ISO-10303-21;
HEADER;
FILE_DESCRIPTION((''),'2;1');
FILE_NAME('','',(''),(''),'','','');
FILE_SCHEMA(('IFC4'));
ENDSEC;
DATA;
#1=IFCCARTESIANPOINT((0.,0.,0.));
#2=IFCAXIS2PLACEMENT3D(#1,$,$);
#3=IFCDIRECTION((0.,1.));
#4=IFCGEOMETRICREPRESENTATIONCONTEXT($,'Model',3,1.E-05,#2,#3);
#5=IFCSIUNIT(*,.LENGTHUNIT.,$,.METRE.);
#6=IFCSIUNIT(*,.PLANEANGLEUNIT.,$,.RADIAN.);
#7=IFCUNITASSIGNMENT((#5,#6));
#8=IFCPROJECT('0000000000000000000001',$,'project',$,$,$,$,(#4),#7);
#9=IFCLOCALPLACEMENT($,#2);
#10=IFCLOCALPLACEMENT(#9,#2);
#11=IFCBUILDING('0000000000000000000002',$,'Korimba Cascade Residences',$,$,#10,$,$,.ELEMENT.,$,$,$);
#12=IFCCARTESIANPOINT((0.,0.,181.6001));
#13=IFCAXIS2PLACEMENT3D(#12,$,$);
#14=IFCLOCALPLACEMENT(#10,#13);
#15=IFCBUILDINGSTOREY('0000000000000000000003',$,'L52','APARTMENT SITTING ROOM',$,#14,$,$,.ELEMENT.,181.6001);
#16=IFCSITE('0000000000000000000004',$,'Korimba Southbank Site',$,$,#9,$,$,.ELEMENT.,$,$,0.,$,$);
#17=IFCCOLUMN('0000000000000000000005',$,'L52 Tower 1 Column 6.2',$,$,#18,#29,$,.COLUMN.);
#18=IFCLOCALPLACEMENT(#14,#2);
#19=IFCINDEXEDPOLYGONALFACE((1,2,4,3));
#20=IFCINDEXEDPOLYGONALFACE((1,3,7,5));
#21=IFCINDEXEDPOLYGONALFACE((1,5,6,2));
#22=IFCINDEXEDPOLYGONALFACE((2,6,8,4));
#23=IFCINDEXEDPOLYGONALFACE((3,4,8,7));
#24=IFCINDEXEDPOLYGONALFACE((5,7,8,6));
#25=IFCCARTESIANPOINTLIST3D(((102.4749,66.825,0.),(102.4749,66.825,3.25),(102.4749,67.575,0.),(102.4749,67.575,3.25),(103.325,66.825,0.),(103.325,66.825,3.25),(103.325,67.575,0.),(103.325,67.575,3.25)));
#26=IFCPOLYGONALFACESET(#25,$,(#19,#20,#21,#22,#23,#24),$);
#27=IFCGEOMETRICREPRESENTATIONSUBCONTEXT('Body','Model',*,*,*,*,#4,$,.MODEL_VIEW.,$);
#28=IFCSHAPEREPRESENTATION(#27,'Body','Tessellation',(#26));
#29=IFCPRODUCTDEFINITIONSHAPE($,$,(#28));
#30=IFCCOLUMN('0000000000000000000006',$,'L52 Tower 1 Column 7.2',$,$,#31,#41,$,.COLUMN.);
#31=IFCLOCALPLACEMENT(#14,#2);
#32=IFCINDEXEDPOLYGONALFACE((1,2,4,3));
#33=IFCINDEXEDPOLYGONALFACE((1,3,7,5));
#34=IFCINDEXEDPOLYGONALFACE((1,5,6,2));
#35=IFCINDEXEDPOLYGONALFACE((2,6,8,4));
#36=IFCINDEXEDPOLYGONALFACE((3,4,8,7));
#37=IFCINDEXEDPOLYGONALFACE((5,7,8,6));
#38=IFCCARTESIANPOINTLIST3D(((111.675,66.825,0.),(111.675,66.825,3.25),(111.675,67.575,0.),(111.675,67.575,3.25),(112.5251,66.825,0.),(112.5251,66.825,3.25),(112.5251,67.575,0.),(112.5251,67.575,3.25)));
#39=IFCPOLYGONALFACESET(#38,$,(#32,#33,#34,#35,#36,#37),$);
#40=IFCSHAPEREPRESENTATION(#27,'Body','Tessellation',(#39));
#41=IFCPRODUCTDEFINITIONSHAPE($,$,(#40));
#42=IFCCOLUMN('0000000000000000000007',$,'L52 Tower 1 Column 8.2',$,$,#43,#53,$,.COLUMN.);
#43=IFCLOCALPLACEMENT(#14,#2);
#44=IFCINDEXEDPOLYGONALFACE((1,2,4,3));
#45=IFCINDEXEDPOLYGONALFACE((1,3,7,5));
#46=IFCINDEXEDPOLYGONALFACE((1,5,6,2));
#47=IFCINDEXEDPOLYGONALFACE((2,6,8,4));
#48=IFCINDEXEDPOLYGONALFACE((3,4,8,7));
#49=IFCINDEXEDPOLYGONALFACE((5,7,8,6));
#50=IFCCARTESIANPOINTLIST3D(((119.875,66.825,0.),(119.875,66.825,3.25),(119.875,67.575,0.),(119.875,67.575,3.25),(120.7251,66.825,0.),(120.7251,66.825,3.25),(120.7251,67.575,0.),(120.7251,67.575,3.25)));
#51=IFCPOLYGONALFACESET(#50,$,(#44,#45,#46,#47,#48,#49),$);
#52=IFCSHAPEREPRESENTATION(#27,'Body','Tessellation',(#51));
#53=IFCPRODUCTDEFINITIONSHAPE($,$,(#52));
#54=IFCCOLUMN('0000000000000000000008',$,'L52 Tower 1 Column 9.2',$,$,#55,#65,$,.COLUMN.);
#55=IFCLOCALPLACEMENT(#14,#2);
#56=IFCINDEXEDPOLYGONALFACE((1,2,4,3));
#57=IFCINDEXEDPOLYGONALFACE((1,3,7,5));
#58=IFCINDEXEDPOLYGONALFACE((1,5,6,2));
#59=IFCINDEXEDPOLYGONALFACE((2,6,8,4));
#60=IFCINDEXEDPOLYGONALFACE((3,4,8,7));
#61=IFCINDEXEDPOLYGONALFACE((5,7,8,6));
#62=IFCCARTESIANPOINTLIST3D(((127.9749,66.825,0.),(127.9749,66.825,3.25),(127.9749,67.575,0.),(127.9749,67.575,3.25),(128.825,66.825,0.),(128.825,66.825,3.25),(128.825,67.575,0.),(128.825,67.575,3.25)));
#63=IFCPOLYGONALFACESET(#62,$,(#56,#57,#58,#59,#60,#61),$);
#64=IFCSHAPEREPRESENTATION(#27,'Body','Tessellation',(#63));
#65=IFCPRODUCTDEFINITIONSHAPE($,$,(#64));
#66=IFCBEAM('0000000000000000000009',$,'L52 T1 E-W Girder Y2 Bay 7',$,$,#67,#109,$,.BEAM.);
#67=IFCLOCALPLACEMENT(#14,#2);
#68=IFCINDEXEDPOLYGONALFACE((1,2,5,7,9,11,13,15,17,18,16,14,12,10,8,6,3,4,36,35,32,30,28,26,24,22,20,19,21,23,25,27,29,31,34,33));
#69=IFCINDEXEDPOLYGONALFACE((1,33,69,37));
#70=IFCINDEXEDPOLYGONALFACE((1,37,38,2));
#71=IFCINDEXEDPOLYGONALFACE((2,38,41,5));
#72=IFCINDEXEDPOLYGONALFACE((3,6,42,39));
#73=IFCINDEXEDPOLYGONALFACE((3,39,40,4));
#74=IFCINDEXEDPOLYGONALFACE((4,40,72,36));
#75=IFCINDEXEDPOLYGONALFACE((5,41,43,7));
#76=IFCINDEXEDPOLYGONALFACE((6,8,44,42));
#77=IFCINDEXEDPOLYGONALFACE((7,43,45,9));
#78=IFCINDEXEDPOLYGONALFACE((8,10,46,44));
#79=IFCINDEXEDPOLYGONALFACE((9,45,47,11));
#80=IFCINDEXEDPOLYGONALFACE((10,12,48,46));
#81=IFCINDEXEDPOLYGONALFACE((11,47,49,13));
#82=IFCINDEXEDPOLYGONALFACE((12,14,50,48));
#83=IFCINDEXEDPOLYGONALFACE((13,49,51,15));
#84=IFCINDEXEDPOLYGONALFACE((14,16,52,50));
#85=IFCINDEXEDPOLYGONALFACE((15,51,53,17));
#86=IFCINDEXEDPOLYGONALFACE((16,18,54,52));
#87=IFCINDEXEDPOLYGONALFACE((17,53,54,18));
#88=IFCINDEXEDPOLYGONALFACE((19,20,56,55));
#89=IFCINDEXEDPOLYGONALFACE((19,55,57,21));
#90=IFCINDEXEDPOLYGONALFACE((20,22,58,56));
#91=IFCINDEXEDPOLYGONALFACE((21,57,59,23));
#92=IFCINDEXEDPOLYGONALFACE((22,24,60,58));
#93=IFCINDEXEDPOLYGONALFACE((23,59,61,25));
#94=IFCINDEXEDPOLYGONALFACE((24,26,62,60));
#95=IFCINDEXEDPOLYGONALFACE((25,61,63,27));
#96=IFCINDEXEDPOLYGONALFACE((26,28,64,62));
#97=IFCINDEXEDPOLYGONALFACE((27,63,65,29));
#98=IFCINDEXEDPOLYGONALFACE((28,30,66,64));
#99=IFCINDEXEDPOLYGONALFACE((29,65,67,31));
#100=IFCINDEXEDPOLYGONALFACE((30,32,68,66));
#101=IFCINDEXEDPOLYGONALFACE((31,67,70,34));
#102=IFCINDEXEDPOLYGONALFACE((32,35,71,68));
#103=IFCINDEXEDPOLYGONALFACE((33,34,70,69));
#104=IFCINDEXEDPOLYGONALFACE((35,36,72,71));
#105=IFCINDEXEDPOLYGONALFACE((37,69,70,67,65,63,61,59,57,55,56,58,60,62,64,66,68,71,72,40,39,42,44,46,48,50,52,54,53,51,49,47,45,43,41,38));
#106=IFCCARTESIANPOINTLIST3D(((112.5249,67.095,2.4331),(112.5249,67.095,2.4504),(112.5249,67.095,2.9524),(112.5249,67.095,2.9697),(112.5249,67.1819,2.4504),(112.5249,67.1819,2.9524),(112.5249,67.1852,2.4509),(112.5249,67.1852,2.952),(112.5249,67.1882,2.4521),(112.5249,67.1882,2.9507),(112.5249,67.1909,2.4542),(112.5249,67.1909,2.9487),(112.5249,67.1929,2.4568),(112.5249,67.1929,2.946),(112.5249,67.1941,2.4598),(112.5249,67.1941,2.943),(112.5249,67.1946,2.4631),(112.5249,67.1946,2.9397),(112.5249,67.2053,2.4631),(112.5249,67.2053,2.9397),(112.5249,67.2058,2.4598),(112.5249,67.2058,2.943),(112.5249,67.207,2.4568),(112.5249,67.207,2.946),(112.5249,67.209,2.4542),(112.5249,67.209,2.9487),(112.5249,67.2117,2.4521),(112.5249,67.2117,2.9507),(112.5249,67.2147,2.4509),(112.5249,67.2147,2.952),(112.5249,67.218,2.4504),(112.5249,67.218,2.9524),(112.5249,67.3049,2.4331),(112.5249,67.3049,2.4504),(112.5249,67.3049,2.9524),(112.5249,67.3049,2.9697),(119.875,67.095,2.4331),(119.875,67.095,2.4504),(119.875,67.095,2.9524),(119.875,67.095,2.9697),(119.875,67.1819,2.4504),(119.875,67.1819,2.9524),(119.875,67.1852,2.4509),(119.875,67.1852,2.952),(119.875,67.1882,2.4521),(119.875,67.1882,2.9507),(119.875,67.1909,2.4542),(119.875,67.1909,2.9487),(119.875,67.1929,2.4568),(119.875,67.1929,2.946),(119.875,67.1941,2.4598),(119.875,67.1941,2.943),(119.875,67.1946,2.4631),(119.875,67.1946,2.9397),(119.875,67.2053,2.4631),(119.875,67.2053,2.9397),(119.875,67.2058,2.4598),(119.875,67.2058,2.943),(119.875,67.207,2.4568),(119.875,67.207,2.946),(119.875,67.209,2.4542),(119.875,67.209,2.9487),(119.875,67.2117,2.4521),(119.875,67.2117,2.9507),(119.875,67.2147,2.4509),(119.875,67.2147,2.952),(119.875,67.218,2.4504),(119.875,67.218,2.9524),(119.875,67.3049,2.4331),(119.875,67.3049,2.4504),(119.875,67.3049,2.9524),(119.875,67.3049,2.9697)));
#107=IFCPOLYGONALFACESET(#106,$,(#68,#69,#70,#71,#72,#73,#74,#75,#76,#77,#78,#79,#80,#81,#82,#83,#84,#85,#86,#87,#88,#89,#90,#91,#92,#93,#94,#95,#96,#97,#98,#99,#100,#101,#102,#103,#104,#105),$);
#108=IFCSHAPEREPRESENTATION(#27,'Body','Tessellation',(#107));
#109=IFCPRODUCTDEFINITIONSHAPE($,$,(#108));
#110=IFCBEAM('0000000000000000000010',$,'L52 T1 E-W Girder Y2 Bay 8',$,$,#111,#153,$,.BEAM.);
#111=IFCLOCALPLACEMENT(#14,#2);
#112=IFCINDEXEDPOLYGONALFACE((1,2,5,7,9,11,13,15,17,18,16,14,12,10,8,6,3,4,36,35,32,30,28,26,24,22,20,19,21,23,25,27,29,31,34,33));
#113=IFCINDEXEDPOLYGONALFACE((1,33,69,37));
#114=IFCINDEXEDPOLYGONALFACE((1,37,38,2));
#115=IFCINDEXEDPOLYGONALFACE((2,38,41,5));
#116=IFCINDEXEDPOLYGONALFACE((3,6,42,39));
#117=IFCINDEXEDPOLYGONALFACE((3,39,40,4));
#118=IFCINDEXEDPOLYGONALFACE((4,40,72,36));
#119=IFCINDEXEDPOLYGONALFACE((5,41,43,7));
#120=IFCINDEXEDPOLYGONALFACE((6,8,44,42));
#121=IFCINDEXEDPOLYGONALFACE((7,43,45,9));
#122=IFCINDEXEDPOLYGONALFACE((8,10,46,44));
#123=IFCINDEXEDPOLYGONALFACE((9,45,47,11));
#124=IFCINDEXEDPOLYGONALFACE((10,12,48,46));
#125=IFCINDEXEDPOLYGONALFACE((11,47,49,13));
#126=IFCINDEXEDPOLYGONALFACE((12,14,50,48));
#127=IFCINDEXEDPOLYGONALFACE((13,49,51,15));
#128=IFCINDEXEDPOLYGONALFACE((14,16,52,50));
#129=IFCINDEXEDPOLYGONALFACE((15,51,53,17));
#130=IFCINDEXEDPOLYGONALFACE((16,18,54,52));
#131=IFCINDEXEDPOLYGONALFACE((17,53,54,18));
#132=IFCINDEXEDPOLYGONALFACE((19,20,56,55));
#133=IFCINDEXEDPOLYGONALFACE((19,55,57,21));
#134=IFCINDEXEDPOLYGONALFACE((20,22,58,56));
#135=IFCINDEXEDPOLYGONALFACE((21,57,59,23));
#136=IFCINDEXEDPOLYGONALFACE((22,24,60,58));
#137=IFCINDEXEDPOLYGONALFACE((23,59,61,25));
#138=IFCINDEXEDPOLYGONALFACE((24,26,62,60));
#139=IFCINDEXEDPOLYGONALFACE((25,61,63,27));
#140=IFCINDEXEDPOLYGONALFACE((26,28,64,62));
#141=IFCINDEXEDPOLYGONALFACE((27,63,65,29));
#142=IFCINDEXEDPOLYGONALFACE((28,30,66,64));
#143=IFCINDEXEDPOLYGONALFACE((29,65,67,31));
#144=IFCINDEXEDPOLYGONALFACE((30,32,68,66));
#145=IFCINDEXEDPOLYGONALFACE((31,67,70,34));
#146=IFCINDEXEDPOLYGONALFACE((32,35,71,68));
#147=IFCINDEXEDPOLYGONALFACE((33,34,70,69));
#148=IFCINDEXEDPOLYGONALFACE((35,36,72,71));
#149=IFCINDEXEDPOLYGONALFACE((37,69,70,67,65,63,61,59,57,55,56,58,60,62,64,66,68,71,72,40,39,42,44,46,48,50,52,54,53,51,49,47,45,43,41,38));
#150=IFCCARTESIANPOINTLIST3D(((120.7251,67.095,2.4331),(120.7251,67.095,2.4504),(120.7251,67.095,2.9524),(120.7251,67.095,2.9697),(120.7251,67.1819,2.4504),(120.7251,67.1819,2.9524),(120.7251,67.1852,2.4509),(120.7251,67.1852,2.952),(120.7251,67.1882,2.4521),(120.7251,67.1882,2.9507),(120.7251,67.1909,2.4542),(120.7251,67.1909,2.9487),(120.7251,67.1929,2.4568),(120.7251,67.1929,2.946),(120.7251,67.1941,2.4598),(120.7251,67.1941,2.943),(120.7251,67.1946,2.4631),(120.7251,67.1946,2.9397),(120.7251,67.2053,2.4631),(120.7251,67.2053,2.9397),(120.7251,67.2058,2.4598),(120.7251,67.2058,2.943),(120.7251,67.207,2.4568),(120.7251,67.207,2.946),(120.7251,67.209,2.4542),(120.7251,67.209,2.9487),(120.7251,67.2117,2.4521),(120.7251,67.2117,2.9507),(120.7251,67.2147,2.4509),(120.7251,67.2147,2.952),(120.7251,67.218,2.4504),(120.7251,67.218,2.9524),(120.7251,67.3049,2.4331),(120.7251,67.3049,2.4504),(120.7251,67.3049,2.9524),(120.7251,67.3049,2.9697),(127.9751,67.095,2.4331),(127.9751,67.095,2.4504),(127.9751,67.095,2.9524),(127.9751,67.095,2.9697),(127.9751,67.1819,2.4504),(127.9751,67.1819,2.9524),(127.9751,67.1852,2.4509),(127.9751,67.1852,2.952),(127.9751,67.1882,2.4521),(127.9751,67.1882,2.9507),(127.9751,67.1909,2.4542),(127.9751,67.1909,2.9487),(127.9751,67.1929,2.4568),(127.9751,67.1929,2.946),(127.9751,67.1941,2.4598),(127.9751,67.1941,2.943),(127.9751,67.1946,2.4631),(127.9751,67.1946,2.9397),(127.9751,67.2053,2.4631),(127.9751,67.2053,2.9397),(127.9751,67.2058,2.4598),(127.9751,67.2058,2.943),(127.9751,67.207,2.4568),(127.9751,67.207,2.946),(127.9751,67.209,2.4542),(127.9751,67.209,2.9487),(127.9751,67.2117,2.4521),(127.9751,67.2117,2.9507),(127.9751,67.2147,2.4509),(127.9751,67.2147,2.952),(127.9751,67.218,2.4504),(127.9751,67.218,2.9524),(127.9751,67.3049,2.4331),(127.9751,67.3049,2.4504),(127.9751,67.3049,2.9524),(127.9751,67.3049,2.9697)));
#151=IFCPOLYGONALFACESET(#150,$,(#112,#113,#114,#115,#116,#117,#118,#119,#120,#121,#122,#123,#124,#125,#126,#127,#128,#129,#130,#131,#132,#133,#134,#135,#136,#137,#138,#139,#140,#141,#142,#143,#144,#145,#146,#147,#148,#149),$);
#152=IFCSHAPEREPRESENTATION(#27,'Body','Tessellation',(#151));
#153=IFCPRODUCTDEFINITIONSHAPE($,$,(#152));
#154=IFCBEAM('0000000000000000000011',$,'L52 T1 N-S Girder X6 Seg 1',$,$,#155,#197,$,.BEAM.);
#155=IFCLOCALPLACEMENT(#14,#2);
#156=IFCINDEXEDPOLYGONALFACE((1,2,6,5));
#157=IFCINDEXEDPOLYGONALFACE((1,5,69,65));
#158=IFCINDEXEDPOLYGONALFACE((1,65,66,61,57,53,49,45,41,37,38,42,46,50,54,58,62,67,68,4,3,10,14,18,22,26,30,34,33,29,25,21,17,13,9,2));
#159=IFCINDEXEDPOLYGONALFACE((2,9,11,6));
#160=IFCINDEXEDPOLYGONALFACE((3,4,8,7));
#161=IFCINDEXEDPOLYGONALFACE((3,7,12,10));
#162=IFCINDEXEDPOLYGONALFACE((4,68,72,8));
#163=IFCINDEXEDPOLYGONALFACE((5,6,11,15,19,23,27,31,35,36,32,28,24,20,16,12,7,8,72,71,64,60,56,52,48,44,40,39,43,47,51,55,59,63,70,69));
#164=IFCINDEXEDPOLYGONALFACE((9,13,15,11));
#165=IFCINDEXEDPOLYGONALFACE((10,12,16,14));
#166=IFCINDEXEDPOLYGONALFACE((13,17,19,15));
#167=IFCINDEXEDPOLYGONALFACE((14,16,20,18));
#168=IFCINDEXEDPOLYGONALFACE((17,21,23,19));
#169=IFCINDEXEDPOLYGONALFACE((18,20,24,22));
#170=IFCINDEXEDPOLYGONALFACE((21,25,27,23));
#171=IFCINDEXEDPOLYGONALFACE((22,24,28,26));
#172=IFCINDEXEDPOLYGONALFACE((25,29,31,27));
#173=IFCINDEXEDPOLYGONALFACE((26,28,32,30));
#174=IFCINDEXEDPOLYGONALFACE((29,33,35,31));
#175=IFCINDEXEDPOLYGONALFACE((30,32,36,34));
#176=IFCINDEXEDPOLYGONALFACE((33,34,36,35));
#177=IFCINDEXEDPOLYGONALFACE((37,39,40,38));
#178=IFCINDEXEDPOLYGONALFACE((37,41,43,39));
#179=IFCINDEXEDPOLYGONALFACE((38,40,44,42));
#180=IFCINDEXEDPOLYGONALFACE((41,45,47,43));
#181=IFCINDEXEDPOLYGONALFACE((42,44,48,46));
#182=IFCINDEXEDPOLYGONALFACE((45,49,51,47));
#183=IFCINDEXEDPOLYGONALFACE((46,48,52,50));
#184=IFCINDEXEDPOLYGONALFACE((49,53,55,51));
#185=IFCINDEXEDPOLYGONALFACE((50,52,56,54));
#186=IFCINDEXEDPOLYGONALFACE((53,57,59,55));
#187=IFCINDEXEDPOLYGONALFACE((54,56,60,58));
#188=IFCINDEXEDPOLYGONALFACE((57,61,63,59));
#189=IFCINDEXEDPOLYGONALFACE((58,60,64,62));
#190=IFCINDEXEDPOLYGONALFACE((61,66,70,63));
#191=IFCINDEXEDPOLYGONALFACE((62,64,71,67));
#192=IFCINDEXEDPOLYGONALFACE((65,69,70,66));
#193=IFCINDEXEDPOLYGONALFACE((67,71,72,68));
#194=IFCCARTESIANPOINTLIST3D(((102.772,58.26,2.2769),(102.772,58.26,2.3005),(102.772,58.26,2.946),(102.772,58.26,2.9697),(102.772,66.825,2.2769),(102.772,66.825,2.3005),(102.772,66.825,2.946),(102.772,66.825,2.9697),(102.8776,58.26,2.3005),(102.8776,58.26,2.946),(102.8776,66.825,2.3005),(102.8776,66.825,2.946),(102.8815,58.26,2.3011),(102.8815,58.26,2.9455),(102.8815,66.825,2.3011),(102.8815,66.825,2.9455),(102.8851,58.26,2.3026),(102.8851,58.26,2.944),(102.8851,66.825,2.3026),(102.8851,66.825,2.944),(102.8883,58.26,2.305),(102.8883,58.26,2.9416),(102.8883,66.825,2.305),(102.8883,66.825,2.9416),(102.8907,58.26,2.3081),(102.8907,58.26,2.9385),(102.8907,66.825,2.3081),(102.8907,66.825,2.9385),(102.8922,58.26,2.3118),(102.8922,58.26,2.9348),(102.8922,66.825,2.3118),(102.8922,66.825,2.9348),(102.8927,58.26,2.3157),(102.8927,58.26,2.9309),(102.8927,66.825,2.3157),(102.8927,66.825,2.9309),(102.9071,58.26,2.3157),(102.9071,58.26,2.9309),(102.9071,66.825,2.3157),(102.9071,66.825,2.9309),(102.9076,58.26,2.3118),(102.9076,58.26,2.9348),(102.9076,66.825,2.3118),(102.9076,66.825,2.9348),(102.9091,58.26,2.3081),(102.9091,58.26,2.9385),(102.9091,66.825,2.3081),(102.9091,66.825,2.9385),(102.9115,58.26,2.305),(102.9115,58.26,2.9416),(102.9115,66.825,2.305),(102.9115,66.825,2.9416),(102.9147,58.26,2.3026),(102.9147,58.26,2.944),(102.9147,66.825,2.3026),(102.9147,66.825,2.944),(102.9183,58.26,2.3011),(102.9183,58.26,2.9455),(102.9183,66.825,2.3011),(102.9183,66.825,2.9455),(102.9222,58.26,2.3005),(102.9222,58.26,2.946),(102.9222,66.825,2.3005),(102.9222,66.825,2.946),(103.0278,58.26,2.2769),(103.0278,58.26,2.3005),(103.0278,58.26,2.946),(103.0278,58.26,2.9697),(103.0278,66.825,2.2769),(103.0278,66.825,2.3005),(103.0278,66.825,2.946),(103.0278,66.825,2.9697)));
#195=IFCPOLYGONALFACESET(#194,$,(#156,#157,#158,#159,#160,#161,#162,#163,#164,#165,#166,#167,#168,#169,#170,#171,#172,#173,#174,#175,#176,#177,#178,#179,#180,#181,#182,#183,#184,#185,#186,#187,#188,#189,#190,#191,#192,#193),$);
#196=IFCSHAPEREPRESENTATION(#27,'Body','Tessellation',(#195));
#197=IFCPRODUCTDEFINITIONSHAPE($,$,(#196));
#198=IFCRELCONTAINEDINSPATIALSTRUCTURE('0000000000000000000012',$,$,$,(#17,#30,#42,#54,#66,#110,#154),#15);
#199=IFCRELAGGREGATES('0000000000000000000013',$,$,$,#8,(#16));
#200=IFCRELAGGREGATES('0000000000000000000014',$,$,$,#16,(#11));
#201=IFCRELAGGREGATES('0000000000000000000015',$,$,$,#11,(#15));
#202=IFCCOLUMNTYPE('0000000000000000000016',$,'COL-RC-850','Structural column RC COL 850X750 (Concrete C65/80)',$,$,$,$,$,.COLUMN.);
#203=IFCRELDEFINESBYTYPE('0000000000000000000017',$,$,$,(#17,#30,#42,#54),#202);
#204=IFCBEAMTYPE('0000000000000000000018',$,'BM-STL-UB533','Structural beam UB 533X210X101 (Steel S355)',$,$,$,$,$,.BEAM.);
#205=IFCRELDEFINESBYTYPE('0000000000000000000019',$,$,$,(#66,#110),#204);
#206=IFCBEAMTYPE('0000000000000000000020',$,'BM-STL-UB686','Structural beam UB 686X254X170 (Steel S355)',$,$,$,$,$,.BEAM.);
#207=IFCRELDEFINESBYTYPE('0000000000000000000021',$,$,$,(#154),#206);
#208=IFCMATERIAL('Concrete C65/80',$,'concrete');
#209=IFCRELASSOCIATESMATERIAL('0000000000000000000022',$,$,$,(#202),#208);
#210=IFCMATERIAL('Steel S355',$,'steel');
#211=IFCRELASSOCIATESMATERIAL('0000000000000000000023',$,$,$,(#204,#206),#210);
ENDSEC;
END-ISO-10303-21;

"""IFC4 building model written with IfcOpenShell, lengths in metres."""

from ifc_helpers import new_model, si_unit, direction, frame, origin, origin_2d, place, context, subcontext, project, spatial, rectangle, i_section, extrude, material, material_profile, profile_set, type_object, element, save


model = new_model("IFC4")

# Units and contexts
model_context = context("Model", 3, precision=1e-05, world=origin(), true_north=direction((0.0, 1.0)))
body_context = subcontext(model_context, "Body", "Model", "MODEL_VIEW")
ifc_project = project(units=[si_unit("LENGTHUNIT", "METRE"), si_unit("PLANEANGLEUNIT", "RADIAN")], contexts=[model_context])

# Site, building, storey
site_placement = place(None, origin())
site = spatial("IfcSite", under=ifc_project, at=site_placement, Name="Korimba Southbank Site", CompositionType="ELEMENT", RefElevation=0.0)
building_placement = place(site_placement, origin())
building = spatial("IfcBuilding", under=site, at=building_placement, Name="Korimba Cascade Residences", CompositionType="ELEMENT")
storey_placement = place(building_placement, frame((0.0, 0.0, 181.6001)))
storey = spatial("IfcBuildingStorey", under=building, at=storey_placement, Name="L52", Description="APARTMENT SITTING ROOM", CompositionType="ELEMENT", Elevation=181.6001)

# Columns
ifc_material_1 = material(Name="Concrete C65/80", Category="concrete")
ifc_material_profile_1 = material_profile(ifc_material_1, rectangle(XDim=0.8501, YDim=0.75, at=origin_2d()), Name="Concrete C65/80")
ifc_profile_set_1 = profile_set([ifc_material_profile_1], Name="Concrete C65/80")
column_type = type_object("IfcColumnType", Name="COL-RC-850", Description="Structural column RC COL 850X750 (Concrete C65/80)", PredefinedType="COLUMN", material=ifc_profile_set_1)
for number, where, z_axis, x_axis, name in (
    (1, (102.8999, 67.2, 0.0), (0.0, 0.0, 1.0), (1.0, 0.0, 0.0), "L52 Tower 1 Column 6.2"),
    (2, (112.1001, 67.2, 0.0), (0.0, 0.0, 1.0), (1.0, 0.0, 0.0), "L52 Tower 1 Column 7.2"),
    (3, (120.3, 67.2, 0.0), (0.0, 0.0, 1.0), (1.0, 0.0, 0.0), "L52 Tower 1 Column 8.2"),
    (4, (128.3999, 67.2, 0.0), (0.0, 0.0, 1.0), (1.0, 0.0, 0.0), "L52 Tower 1 Column 9.2"),
):
    element("IfcColumn", number, at=place(storey_placement, frame(where, z_axis=z_axis, x_axis=x_axis)), inside=storey, type_object=column_type, Name=name, PredefinedType="COLUMN", context=body_context, shape_type="SweptSolid", body=[
        extrude(rectangle(XDim=0.8501, YDim=0.75, at=origin_2d()), origin(), (0.0, 0.0, 1.0), 3.25),
    ])

# Beams
ifc_material_2 = material(Name="Steel S355", Category="steel")
ifc_material_profile_2 = material_profile(ifc_material_2, i_section(OverallWidth=0.21, OverallDepth=0.5366, WebThickness=0.0107, FlangeThickness=0.0173, FilletRadius=0.0127, at=origin_2d()), Name="Steel S355")
ifc_profile_set_2 = profile_set([ifc_material_profile_2], Name="Steel S355")
beam_type_1 = type_object("IfcBeamType", Name="BM-STL-UB533", Description="Structural beam UB 533X210X101 (Steel S355)", PredefinedType="BEAM", material=ifc_profile_set_2)
beam_1_placement = place(storey_placement, frame((112.5249, 67.2, 2.7014), z_axis=(1.0, 0.0, 0.0), x_axis=(0.0, 1.0, 0.0)))
element("IfcBeam", 5, at=beam_1_placement, inside=storey, type_object=beam_type_1, Name="L52 T1 E-W Girder Y2 Bay 7", PredefinedType="BEAM", context=body_context, shape_type="SweptSolid", body=[
    extrude(i_section(OverallWidth=0.21, OverallDepth=0.5366, WebThickness=0.0107, FlangeThickness=0.0173, FilletRadius=0.0127, at=origin_2d()), origin(), (0.0, 0.0, 1.0), 7.3501),
])
beam_2_placement = place(storey_placement, frame((120.7251, 67.2, 2.7014), z_axis=(1.0, 0.0, 0.0), x_axis=(0.0, 1.0, 0.0)))
element("IfcBeam", 6, at=beam_2_placement, inside=storey, type_object=beam_type_1, Name="L52 T1 E-W Girder Y2 Bay 8", PredefinedType="BEAM", context=body_context, shape_type="SweptSolid", body=[
    extrude(i_section(OverallWidth=0.21, OverallDepth=0.5366, WebThickness=0.0107, FlangeThickness=0.0173, FilletRadius=0.0127, at=origin_2d()), origin(), (0.0, 0.0, 1.0), 7.25),
])
ifc_material_profile_3 = material_profile(ifc_material_2, i_section(OverallWidth=0.2559, OverallDepth=0.6929, WebThickness=0.0144, FlangeThickness=0.0237, FilletRadius=0.0151, at=origin_2d()), Name="Steel S355")
ifc_profile_set_3 = profile_set([ifc_material_profile_3], Name="Steel S355")
beam_type_2 = type_object("IfcBeamType", Name="BM-STL-UB686", Description="Structural beam UB 686X254X170 (Steel S355)", PredefinedType="BEAM", material=ifc_profile_set_3)
beam_3_placement = place(storey_placement, frame((102.8999, 58.26, 2.6233), z_axis=(0.0, 1.0, 0.0), x_axis=(-1.0, 0.0, 0.0)))
element("IfcBeam", 7, at=beam_3_placement, inside=storey, type_object=beam_type_2, Name="L52 T1 N-S Girder X6 Seg 1", PredefinedType="BEAM", context=body_context, shape_type="SweptSolid", body=[
    extrude(i_section(OverallWidth=0.2559, OverallDepth=0.6929, WebThickness=0.0144, FlangeThickness=0.0237, FilletRadius=0.0151, at=origin_2d()), origin(), (0.0, 0.0, 1.0), 8.5649),
])

save(model, "model.ifc")
